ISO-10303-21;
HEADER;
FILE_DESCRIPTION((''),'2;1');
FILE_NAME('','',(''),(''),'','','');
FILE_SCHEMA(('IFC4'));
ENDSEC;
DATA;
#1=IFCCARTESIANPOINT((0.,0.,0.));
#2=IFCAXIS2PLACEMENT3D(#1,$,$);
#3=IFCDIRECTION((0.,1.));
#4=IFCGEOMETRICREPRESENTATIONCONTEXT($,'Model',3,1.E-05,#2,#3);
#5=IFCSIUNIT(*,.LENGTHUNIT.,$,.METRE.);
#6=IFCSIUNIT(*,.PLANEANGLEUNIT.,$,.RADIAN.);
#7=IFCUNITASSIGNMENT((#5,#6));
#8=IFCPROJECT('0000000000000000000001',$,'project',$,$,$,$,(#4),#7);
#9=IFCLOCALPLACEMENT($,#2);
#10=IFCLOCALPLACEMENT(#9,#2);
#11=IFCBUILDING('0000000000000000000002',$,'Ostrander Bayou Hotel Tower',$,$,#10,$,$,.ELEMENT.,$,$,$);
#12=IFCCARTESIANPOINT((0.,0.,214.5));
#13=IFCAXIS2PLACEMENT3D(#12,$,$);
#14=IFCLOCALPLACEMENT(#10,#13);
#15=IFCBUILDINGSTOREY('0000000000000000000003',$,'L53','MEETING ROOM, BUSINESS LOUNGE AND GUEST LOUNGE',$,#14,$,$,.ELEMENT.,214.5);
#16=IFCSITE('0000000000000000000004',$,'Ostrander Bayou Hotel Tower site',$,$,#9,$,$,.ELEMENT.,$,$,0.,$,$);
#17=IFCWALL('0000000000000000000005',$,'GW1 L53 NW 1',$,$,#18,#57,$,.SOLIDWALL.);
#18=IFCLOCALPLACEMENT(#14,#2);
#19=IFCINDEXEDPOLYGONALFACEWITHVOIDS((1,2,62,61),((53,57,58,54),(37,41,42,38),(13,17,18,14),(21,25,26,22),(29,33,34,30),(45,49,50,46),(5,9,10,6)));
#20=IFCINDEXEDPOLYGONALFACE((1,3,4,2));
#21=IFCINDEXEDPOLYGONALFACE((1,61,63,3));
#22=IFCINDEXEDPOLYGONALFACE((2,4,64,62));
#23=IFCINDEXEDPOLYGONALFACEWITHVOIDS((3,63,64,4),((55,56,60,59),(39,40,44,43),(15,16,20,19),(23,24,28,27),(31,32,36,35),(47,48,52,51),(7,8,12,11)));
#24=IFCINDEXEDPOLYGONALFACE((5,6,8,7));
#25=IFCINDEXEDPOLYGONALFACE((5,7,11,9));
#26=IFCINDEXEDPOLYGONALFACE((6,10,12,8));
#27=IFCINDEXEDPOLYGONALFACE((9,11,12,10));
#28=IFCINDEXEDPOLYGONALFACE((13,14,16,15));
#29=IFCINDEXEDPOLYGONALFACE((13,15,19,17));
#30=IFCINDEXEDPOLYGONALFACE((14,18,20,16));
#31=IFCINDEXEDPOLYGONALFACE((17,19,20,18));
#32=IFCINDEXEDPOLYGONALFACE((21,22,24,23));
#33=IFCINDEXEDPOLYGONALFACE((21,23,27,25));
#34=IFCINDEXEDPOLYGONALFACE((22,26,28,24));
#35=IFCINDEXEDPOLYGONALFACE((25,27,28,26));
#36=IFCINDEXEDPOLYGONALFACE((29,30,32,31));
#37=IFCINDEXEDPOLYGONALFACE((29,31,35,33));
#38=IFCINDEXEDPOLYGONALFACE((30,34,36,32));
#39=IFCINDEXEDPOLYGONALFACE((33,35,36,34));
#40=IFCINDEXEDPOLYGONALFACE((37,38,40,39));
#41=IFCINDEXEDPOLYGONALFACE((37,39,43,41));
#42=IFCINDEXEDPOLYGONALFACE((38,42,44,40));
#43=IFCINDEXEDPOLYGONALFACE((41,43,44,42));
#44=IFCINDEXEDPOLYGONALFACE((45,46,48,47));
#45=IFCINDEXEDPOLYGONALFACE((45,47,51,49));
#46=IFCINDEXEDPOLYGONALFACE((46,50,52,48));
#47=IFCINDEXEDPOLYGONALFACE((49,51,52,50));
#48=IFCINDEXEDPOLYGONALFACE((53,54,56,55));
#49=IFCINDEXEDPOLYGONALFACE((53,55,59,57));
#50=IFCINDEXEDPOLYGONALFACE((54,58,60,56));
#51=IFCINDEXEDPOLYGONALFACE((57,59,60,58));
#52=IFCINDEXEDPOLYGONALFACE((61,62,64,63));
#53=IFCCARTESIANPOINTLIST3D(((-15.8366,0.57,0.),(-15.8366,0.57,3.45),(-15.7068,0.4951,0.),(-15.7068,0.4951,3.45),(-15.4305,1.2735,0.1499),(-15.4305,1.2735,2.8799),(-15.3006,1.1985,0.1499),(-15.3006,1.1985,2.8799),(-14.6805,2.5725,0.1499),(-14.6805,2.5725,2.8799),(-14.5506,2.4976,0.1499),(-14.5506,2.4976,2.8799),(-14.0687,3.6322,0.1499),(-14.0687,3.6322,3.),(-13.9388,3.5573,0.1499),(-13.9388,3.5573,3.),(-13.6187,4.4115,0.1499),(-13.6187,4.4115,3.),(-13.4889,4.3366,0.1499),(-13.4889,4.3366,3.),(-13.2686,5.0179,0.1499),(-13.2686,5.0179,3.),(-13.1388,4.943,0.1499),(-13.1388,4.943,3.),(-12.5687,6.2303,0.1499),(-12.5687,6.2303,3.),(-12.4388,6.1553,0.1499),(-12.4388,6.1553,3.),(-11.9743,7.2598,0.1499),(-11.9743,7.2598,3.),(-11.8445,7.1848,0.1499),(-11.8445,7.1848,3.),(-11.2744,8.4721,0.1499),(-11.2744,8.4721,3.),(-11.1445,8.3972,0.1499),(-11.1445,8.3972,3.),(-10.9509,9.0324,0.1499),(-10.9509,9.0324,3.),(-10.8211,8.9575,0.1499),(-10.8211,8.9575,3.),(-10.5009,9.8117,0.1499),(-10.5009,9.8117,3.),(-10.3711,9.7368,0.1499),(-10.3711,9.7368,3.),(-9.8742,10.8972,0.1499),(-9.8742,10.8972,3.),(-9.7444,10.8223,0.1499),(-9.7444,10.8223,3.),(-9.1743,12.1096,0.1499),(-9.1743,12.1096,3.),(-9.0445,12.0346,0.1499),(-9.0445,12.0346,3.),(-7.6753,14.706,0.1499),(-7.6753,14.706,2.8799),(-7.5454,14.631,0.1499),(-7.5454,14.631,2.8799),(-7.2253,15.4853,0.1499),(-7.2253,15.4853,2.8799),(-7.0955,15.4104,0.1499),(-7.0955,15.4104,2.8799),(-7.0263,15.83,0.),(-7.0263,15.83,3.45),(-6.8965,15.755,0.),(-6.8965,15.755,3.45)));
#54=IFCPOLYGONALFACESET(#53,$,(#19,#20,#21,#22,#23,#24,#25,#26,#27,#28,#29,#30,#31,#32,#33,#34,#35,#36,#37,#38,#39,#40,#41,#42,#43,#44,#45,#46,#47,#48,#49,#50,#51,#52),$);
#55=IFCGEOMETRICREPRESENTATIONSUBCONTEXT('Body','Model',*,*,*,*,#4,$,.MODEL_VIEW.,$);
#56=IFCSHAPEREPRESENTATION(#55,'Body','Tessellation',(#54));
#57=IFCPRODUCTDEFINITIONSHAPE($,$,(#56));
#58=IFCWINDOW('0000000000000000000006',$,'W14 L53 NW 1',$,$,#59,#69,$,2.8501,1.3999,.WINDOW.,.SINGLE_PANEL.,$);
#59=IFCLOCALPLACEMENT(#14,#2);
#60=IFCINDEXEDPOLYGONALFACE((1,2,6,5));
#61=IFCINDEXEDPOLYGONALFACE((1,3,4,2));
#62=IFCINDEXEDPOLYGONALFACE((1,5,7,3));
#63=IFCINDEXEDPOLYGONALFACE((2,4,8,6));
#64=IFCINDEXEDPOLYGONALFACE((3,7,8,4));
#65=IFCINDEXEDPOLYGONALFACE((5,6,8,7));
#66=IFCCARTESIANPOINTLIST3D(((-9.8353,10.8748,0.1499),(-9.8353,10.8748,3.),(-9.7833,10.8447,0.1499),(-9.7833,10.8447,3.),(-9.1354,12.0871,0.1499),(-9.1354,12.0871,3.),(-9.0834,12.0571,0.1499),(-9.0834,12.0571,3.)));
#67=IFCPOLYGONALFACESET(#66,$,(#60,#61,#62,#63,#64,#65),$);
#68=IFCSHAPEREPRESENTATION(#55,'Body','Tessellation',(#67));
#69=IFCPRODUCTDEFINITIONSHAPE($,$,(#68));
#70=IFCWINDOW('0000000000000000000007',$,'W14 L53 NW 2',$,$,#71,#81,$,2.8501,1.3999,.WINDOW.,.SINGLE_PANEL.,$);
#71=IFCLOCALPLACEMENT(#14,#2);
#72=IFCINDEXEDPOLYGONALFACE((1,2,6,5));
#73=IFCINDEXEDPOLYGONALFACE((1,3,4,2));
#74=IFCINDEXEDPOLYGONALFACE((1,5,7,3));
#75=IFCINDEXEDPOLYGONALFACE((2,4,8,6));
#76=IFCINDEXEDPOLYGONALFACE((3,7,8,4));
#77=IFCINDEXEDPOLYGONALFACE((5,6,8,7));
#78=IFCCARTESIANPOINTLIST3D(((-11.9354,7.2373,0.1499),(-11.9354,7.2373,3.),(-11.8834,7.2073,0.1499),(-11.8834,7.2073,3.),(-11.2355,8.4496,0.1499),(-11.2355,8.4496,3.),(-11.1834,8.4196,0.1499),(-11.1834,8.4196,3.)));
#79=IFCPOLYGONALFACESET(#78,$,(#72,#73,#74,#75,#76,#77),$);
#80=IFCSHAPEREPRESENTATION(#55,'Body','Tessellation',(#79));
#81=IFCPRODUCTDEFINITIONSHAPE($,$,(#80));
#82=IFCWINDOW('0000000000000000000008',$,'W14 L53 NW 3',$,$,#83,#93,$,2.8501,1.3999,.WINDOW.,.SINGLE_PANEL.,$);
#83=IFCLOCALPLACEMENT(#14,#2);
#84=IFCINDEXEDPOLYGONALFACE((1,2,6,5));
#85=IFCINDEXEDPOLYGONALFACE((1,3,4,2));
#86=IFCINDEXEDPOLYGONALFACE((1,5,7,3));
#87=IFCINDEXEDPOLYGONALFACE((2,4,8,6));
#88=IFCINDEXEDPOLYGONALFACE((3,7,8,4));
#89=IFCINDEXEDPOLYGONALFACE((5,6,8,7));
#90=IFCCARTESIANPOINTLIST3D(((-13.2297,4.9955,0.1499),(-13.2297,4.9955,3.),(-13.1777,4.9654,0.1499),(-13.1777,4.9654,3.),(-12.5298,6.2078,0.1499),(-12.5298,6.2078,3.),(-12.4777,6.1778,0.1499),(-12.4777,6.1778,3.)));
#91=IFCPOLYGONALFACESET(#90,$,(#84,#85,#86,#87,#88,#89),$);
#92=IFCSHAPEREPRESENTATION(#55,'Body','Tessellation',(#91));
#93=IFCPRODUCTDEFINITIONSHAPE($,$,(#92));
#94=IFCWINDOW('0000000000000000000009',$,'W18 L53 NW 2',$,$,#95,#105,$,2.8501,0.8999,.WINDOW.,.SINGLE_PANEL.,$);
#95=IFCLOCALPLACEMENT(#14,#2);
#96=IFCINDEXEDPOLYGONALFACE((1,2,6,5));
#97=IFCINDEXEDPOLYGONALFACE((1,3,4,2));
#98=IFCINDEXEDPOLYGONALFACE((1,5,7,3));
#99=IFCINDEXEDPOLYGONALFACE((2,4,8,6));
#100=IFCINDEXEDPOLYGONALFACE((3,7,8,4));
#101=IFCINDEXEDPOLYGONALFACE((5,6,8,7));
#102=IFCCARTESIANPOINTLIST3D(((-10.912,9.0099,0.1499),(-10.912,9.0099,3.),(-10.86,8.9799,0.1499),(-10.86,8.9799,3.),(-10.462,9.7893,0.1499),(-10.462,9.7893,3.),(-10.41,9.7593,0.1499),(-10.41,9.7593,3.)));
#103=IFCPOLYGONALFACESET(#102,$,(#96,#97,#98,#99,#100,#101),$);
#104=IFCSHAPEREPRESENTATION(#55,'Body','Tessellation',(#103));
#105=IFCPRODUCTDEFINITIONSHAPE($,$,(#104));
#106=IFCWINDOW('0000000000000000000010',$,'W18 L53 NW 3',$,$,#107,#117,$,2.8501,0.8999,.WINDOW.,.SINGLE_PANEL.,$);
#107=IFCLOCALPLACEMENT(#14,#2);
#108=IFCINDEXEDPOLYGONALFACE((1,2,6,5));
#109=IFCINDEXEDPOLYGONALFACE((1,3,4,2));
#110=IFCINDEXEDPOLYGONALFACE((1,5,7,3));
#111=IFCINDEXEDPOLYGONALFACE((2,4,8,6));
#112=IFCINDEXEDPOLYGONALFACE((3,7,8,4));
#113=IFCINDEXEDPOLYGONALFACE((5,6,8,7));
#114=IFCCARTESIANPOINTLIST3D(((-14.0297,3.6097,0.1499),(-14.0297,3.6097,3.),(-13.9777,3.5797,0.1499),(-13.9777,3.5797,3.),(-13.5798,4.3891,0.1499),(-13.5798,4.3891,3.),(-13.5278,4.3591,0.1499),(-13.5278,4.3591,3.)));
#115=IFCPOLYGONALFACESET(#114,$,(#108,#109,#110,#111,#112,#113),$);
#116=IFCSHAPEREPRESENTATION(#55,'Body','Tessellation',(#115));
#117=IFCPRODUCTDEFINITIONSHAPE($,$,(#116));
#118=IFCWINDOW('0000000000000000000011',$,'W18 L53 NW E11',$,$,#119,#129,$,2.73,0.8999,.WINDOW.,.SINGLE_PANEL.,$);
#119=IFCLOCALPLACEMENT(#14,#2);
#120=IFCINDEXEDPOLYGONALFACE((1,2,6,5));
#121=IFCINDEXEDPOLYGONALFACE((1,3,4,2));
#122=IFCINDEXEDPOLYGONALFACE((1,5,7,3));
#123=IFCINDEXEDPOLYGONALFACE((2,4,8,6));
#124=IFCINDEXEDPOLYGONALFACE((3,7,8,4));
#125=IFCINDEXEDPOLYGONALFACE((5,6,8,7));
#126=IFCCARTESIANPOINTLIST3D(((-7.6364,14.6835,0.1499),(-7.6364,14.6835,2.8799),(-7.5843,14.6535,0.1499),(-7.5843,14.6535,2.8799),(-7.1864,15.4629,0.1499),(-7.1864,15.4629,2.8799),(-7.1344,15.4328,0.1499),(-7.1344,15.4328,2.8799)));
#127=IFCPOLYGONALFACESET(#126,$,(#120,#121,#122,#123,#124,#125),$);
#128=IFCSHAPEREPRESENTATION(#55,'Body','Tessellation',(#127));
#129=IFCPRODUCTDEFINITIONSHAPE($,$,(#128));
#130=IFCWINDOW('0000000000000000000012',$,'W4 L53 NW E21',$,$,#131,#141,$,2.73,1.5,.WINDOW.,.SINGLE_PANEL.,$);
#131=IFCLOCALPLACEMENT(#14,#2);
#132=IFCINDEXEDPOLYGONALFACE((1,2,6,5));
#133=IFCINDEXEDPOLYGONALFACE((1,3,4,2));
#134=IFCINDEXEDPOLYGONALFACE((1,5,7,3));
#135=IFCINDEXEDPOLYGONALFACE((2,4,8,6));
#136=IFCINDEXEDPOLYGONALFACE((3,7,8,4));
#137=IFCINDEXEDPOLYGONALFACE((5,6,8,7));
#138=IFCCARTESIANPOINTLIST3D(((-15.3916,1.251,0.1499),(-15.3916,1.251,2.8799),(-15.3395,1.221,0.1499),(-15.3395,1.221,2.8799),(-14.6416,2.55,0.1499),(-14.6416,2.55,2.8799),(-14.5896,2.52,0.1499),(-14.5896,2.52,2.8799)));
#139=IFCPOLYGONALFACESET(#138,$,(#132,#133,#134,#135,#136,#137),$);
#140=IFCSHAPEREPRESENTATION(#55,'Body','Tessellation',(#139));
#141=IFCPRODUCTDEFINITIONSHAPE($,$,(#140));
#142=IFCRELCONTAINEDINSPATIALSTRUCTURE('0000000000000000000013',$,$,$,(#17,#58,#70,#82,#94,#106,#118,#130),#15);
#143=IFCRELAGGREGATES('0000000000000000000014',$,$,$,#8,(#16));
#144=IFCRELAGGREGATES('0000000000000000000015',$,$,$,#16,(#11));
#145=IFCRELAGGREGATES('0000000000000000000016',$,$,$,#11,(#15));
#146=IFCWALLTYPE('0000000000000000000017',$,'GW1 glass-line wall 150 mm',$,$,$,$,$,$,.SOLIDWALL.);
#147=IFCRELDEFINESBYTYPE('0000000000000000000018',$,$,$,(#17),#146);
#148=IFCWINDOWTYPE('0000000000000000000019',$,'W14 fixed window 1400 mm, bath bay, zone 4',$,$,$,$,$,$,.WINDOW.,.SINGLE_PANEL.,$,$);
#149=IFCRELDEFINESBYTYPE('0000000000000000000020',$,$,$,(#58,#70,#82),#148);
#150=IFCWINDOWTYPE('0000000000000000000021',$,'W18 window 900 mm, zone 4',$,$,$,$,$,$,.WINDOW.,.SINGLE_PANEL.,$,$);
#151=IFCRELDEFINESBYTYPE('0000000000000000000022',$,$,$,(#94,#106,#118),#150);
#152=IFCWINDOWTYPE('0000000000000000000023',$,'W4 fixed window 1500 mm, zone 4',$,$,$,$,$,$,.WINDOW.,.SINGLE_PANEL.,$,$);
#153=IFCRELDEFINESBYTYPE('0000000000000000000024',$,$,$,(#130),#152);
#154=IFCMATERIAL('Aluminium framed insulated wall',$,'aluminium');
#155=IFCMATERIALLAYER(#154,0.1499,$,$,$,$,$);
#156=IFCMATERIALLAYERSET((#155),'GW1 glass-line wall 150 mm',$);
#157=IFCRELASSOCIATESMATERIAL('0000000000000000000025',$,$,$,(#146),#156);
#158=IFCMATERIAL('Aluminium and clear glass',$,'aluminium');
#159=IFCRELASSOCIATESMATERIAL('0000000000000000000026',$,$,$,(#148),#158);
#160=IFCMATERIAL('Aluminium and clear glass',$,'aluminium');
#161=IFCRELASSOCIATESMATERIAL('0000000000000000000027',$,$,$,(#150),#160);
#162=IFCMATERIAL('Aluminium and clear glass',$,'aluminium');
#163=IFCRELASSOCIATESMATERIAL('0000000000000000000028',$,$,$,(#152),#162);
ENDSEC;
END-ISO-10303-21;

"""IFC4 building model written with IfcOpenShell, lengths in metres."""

from ifc_helpers import new_model, si_unit, direction, frame, frame_2d, origin, place, context, subcontext, project, spatial, rectangle, extrude, material, layer, layer_set, type_object, element, fill, save


model = new_model("IFC4")

# Units and contexts
model_context = context("Model", 3, precision=1e-05, world=origin(), true_north=direction((0.0, 1.0)))
body_context = subcontext(model_context, "Body", "Model", "MODEL_VIEW")
ifc_project = project(units=[si_unit("LENGTHUNIT", "METRE"), si_unit("PLANEANGLEUNIT", "RADIAN")], contexts=[model_context])

# Site, building, storey
site_placement = place(None, origin())
site = spatial("IfcSite", under=ifc_project, at=site_placement, Name="Ostrander Bayou Hotel Tower site", CompositionType="ELEMENT", RefElevation=0.0)
building_placement = place(site_placement, origin())
building = spatial("IfcBuilding", under=site, at=building_placement, Name="Ostrander Bayou Hotel Tower", CompositionType="ELEMENT")
storey_placement = place(building_placement, frame((0.0, 0.0, 214.5)))
storey = spatial("IfcBuildingStorey", under=building, at=storey_placement, Name="L53", Description="MEETING ROOM, BUSINESS LOUNGE AND GUEST LOUNGE", CompositionType="ELEMENT", Elevation=214.5)

# Wall, openings, windows
ifc_material_1 = material(Name="Aluminium framed insulated wall", Category="aluminium")
ifc_layer_1 = layer(ifc_material_1, 0.1499)
ifc_layer_set_1 = layer_set([ifc_layer_1], Name="GW1 glass-line wall 150 mm")
wall_type_1 = type_object("IfcWallType", Name="GW1 glass-line wall 150 mm", PredefinedType="SOLIDWALL", material=ifc_layer_set_1)
wall_1_placement = place(storey_placement, frame((-6.9614, 15.7925, 0.0), z_axis=(0.0, 0.0, 1.0), x_axis=(-0.499997, -0.866027, 0.0)))
wall_1 = element("IfcWall", 1, at=wall_1_placement, inside=storey, type_object=wall_type_1, Name="GW1 L53 NW 1", PredefinedType="SOLIDWALL", context=body_context, shape_type="SweptSolid", body=[
    extrude(rectangle(XDim=17.6206, YDim=0.1499, at=frame_2d((8.8103, 0.0))), origin(), (0.0, 0.0, 1.0), 3.45),
])
opening_1_placement = place(wall_1_placement, frame((4.2959, 0.0, 0.1499)))
opening_1 = element("IfcOpeningElement", 2, at=opening_1_placement, cuts=wall_1, PredefinedType="OPENING", context=body_context, shape_type="SweptSolid", body=[
    extrude(rectangle(XDim=1.3999, YDim=2.8501, at=frame_2d((0.7, 1.425))), frame((0.0, 0.075, 0.0), z_axis=(0.0, -1.0, 0.0), x_axis=(1.0, 0.0, 0.0)), (0.0, 0.0, 1.0), 0.1499),
])
opening_2_placement = place(wall_1_placement, frame((6.9492, 0.0, 0.1499)))
opening_2 = element("IfcOpeningElement", 3, at=opening_2_placement, cuts=wall_1, PredefinedType="OPENING", context=body_context, shape_type="SweptSolid", body=[
    extrude(rectangle(XDim=0.8999, YDim=2.8501, at=frame_2d((0.45, 1.425))), frame((0.0, 0.075, 0.0), z_axis=(0.0, -1.0, 0.0), x_axis=(1.0, 0.0, 0.0)), (0.0, 0.0, 1.0), 0.1499),
])
opening_3_placement = place(wall_1_placement, frame((8.4961, 0.0, 0.1499)))
opening_3 = element("IfcOpeningElement", 4, at=opening_3_placement, cuts=wall_1, PredefinedType="OPENING", context=body_context, shape_type="SweptSolid", body=[
    extrude(rectangle(XDim=1.3999, YDim=2.8501, at=frame_2d((0.7, 1.425))), frame((0.0, 0.075, 0.0), z_axis=(0.0, -1.0, 0.0), x_axis=(1.0, 0.0, 0.0)), (0.0, 0.0, 1.0), 0.1499),
])
opening_4_placement = place(wall_1_placement, frame((13.1848, 0.0, 0.1499)))
opening_4 = element("IfcOpeningElement", 5, at=opening_4_placement, cuts=wall_1, PredefinedType="OPENING", context=body_context, shape_type="SweptSolid", body=[
    extrude(rectangle(XDim=0.8999, YDim=2.8501, at=frame_2d((0.45, 1.425))), frame((0.0, 0.075, 0.0), z_axis=(0.0, -1.0, 0.0), x_axis=(1.0, 0.0, 0.0)), (0.0, 0.0, 1.0), 0.1499),
])
opening_5_placement = place(wall_1_placement, frame((11.0847, 0.0, 0.1499)))
opening_5 = element("IfcOpeningElement", 6, at=opening_5_placement, cuts=wall_1, PredefinedType="OPENING", context=body_context, shape_type="SweptSolid", body=[
    extrude(rectangle(XDim=1.3999, YDim=2.8501, at=frame_2d((0.7, 1.425))), frame((0.0, 0.075, 0.0), z_axis=(0.0, -1.0, 0.0), x_axis=(1.0, 0.0, 0.0)), (0.0, 0.0, 1.0), 0.1499),
])
opening_6_placement = place(wall_1_placement, frame((0.3979, 0.0, 0.1499)))
opening_6 = element("IfcOpeningElement", 7, at=opening_6_placement, cuts=wall_1, PredefinedType="OPENING", context=body_context, shape_type="SweptSolid", body=[
    extrude(rectangle(XDim=0.8999, YDim=2.73, at=frame_2d((0.45, 1.365))), frame((0.0, 0.075, 0.0), z_axis=(0.0, -1.0, 0.0), x_axis=(1.0, 0.0, 0.0)), (0.0, 0.0, 1.0), 0.1499),
])
opening_7_placement = place(wall_1_placement, frame((15.3083, 0.0, 0.1499)))
opening_7 = element("IfcOpeningElement", 8, at=opening_7_placement, cuts=wall_1, PredefinedType="OPENING", context=body_context, shape_type="SweptSolid", body=[
    extrude(rectangle(XDim=1.5, YDim=2.73, at=frame_2d((0.75, 1.365))), frame((0.0, 0.075, 0.0), z_axis=(0.0, -1.0, 0.0), x_axis=(1.0, 0.0, 0.0)), (0.0, 0.0, 1.0), 0.1499),
])
ifc_material_2 = material(Name="Aluminium and clear glass", Category="aluminium")
window_type_1 = type_object("IfcWindowType", Name="W14 fixed window 1400 mm, bath bay, zone 4", PartitioningType="SINGLE_PANEL", PredefinedType="WINDOW", material=ifc_material_2)
window_1_placement = place(opening_1_placement, origin())
window_1 = element("IfcWindow", 9, at=window_1_placement, inside=storey, type_object=window_type_1, Name="W14 L53 NW 1", OverallHeight=2.8501, OverallWidth=1.3999, PartitioningType="SINGLE_PANEL", PredefinedType="WINDOW", context=body_context, shape_type="SweptSolid", body=[
    extrude(rectangle(XDim=1.3999, YDim=2.8501, at=frame_2d((0.7, 1.425))), frame((0.0, 0.03, 0.0), z_axis=(0.0, -1.0, 0.0), x_axis=(1.0, 0.0, 0.0)), (0.0, 0.0, 1.0), 0.0601),
])
fill(opening_1, window_1)
window_2_placement = place(opening_3_placement, origin())
window_2 = element("IfcWindow", 10, at=window_2_placement, inside=storey, type_object=window_type_1, Name="W14 L53 NW 2", OverallHeight=2.8501, OverallWidth=1.3999, PartitioningType="SINGLE_PANEL", PredefinedType="WINDOW", context=body_context, shape_type="SweptSolid", body=[
    extrude(rectangle(XDim=1.3999, YDim=2.8501, at=frame_2d((0.7, 1.425))), frame((0.0, 0.03, 0.0), z_axis=(0.0, -1.0, 0.0), x_axis=(1.0, 0.0, 0.0)), (0.0, 0.0, 1.0), 0.0601),
])
fill(opening_3, window_2)
window_3_placement = place(opening_5_placement, origin())
window_3 = element("IfcWindow", 11, at=window_3_placement, inside=storey, type_object=window_type_1, Name="W14 L53 NW 3", OverallHeight=2.8501, OverallWidth=1.3999, PartitioningType="SINGLE_PANEL", PredefinedType="WINDOW", context=body_context, shape_type="SweptSolid", body=[
    extrude(rectangle(XDim=1.3999, YDim=2.8501, at=frame_2d((0.7, 1.425))), frame((0.0, 0.03, 0.0), z_axis=(0.0, -1.0, 0.0), x_axis=(1.0, 0.0, 0.0)), (0.0, 0.0, 1.0), 0.0601),
])
fill(opening_5, window_3)
ifc_material_3 = material(Name="Aluminium and clear glass", Category="aluminium")
window_type_2 = type_object("IfcWindowType", Name="W18 window 900 mm, zone 4", PartitioningType="SINGLE_PANEL", PredefinedType="WINDOW", material=ifc_material_3)
window_4_placement = place(opening_2_placement, origin())
window_4 = element("IfcWindow", 12, at=window_4_placement, inside=storey, type_object=window_type_2, Name="W18 L53 NW 2", OverallHeight=2.8501, OverallWidth=0.8999, PartitioningType="SINGLE_PANEL", PredefinedType="WINDOW", context=body_context, shape_type="SweptSolid", body=[
    extrude(rectangle(XDim=0.8999, YDim=2.8501, at=frame_2d((0.45, 1.425))), frame((0.0, 0.03, 0.0), z_axis=(0.0, -1.0, 0.0), x_axis=(1.0, 0.0, 0.0)), (0.0, 0.0, 1.0), 0.0601),
])
fill(opening_2, window_4)
window_5_placement = place(opening_4_placement, origin())
window_5 = element("IfcWindow", 13, at=window_5_placement, inside=storey, type_object=window_type_2, Name="W18 L53 NW 3", OverallHeight=2.8501, OverallWidth=0.8999, PartitioningType="SINGLE_PANEL", PredefinedType="WINDOW", context=body_context, shape_type="SweptSolid", body=[
    extrude(rectangle(XDim=0.8999, YDim=2.8501, at=frame_2d((0.45, 1.425))), frame((0.0, 0.03, 0.0), z_axis=(0.0, -1.0, 0.0), x_axis=(1.0, 0.0, 0.0)), (0.0, 0.0, 1.0), 0.0601),
])
fill(opening_4, window_5)
window_6_placement = place(opening_6_placement, origin())
window_6 = element("IfcWindow", 14, at=window_6_placement, inside=storey, type_object=window_type_2, Name="W18 L53 NW E11", OverallHeight=2.73, OverallWidth=0.8999, PartitioningType="SINGLE_PANEL", PredefinedType="WINDOW", context=body_context, shape_type="SweptSolid", body=[
    extrude(rectangle(XDim=0.8999, YDim=2.73, at=frame_2d((0.45, 1.365))), frame((0.0, 0.03, 0.0), z_axis=(0.0, -1.0, 0.0), x_axis=(1.0, 0.0, 0.0)), (0.0, 0.0, 1.0), 0.0601),
])
fill(opening_6, window_6)
ifc_material_4 = material(Name="Aluminium and clear glass", Category="aluminium")
window_type_3 = type_object("IfcWindowType", Name="W4 fixed window 1500 mm, zone 4", PartitioningType="SINGLE_PANEL", PredefinedType="WINDOW", material=ifc_material_4)
window_7_placement = place(opening_7_placement, origin())
window_7 = element("IfcWindow", 15, at=window_7_placement, inside=storey, type_object=window_type_3, Name="W4 L53 NW E21", OverallHeight=2.73, OverallWidth=1.5, PartitioningType="SINGLE_PANEL", PredefinedType="WINDOW", context=body_context, shape_type="SweptSolid", body=[
    extrude(rectangle(XDim=1.5, YDim=2.73, at=frame_2d((0.75, 1.365))), frame((0.0, 0.03, 0.0), z_axis=(0.0, -1.0, 0.0), x_axis=(1.0, 0.0, 0.0)), (0.0, 0.0, 1.0), 0.0601),
])
fill(opening_7, window_7)

save(model, "model.ifc")
